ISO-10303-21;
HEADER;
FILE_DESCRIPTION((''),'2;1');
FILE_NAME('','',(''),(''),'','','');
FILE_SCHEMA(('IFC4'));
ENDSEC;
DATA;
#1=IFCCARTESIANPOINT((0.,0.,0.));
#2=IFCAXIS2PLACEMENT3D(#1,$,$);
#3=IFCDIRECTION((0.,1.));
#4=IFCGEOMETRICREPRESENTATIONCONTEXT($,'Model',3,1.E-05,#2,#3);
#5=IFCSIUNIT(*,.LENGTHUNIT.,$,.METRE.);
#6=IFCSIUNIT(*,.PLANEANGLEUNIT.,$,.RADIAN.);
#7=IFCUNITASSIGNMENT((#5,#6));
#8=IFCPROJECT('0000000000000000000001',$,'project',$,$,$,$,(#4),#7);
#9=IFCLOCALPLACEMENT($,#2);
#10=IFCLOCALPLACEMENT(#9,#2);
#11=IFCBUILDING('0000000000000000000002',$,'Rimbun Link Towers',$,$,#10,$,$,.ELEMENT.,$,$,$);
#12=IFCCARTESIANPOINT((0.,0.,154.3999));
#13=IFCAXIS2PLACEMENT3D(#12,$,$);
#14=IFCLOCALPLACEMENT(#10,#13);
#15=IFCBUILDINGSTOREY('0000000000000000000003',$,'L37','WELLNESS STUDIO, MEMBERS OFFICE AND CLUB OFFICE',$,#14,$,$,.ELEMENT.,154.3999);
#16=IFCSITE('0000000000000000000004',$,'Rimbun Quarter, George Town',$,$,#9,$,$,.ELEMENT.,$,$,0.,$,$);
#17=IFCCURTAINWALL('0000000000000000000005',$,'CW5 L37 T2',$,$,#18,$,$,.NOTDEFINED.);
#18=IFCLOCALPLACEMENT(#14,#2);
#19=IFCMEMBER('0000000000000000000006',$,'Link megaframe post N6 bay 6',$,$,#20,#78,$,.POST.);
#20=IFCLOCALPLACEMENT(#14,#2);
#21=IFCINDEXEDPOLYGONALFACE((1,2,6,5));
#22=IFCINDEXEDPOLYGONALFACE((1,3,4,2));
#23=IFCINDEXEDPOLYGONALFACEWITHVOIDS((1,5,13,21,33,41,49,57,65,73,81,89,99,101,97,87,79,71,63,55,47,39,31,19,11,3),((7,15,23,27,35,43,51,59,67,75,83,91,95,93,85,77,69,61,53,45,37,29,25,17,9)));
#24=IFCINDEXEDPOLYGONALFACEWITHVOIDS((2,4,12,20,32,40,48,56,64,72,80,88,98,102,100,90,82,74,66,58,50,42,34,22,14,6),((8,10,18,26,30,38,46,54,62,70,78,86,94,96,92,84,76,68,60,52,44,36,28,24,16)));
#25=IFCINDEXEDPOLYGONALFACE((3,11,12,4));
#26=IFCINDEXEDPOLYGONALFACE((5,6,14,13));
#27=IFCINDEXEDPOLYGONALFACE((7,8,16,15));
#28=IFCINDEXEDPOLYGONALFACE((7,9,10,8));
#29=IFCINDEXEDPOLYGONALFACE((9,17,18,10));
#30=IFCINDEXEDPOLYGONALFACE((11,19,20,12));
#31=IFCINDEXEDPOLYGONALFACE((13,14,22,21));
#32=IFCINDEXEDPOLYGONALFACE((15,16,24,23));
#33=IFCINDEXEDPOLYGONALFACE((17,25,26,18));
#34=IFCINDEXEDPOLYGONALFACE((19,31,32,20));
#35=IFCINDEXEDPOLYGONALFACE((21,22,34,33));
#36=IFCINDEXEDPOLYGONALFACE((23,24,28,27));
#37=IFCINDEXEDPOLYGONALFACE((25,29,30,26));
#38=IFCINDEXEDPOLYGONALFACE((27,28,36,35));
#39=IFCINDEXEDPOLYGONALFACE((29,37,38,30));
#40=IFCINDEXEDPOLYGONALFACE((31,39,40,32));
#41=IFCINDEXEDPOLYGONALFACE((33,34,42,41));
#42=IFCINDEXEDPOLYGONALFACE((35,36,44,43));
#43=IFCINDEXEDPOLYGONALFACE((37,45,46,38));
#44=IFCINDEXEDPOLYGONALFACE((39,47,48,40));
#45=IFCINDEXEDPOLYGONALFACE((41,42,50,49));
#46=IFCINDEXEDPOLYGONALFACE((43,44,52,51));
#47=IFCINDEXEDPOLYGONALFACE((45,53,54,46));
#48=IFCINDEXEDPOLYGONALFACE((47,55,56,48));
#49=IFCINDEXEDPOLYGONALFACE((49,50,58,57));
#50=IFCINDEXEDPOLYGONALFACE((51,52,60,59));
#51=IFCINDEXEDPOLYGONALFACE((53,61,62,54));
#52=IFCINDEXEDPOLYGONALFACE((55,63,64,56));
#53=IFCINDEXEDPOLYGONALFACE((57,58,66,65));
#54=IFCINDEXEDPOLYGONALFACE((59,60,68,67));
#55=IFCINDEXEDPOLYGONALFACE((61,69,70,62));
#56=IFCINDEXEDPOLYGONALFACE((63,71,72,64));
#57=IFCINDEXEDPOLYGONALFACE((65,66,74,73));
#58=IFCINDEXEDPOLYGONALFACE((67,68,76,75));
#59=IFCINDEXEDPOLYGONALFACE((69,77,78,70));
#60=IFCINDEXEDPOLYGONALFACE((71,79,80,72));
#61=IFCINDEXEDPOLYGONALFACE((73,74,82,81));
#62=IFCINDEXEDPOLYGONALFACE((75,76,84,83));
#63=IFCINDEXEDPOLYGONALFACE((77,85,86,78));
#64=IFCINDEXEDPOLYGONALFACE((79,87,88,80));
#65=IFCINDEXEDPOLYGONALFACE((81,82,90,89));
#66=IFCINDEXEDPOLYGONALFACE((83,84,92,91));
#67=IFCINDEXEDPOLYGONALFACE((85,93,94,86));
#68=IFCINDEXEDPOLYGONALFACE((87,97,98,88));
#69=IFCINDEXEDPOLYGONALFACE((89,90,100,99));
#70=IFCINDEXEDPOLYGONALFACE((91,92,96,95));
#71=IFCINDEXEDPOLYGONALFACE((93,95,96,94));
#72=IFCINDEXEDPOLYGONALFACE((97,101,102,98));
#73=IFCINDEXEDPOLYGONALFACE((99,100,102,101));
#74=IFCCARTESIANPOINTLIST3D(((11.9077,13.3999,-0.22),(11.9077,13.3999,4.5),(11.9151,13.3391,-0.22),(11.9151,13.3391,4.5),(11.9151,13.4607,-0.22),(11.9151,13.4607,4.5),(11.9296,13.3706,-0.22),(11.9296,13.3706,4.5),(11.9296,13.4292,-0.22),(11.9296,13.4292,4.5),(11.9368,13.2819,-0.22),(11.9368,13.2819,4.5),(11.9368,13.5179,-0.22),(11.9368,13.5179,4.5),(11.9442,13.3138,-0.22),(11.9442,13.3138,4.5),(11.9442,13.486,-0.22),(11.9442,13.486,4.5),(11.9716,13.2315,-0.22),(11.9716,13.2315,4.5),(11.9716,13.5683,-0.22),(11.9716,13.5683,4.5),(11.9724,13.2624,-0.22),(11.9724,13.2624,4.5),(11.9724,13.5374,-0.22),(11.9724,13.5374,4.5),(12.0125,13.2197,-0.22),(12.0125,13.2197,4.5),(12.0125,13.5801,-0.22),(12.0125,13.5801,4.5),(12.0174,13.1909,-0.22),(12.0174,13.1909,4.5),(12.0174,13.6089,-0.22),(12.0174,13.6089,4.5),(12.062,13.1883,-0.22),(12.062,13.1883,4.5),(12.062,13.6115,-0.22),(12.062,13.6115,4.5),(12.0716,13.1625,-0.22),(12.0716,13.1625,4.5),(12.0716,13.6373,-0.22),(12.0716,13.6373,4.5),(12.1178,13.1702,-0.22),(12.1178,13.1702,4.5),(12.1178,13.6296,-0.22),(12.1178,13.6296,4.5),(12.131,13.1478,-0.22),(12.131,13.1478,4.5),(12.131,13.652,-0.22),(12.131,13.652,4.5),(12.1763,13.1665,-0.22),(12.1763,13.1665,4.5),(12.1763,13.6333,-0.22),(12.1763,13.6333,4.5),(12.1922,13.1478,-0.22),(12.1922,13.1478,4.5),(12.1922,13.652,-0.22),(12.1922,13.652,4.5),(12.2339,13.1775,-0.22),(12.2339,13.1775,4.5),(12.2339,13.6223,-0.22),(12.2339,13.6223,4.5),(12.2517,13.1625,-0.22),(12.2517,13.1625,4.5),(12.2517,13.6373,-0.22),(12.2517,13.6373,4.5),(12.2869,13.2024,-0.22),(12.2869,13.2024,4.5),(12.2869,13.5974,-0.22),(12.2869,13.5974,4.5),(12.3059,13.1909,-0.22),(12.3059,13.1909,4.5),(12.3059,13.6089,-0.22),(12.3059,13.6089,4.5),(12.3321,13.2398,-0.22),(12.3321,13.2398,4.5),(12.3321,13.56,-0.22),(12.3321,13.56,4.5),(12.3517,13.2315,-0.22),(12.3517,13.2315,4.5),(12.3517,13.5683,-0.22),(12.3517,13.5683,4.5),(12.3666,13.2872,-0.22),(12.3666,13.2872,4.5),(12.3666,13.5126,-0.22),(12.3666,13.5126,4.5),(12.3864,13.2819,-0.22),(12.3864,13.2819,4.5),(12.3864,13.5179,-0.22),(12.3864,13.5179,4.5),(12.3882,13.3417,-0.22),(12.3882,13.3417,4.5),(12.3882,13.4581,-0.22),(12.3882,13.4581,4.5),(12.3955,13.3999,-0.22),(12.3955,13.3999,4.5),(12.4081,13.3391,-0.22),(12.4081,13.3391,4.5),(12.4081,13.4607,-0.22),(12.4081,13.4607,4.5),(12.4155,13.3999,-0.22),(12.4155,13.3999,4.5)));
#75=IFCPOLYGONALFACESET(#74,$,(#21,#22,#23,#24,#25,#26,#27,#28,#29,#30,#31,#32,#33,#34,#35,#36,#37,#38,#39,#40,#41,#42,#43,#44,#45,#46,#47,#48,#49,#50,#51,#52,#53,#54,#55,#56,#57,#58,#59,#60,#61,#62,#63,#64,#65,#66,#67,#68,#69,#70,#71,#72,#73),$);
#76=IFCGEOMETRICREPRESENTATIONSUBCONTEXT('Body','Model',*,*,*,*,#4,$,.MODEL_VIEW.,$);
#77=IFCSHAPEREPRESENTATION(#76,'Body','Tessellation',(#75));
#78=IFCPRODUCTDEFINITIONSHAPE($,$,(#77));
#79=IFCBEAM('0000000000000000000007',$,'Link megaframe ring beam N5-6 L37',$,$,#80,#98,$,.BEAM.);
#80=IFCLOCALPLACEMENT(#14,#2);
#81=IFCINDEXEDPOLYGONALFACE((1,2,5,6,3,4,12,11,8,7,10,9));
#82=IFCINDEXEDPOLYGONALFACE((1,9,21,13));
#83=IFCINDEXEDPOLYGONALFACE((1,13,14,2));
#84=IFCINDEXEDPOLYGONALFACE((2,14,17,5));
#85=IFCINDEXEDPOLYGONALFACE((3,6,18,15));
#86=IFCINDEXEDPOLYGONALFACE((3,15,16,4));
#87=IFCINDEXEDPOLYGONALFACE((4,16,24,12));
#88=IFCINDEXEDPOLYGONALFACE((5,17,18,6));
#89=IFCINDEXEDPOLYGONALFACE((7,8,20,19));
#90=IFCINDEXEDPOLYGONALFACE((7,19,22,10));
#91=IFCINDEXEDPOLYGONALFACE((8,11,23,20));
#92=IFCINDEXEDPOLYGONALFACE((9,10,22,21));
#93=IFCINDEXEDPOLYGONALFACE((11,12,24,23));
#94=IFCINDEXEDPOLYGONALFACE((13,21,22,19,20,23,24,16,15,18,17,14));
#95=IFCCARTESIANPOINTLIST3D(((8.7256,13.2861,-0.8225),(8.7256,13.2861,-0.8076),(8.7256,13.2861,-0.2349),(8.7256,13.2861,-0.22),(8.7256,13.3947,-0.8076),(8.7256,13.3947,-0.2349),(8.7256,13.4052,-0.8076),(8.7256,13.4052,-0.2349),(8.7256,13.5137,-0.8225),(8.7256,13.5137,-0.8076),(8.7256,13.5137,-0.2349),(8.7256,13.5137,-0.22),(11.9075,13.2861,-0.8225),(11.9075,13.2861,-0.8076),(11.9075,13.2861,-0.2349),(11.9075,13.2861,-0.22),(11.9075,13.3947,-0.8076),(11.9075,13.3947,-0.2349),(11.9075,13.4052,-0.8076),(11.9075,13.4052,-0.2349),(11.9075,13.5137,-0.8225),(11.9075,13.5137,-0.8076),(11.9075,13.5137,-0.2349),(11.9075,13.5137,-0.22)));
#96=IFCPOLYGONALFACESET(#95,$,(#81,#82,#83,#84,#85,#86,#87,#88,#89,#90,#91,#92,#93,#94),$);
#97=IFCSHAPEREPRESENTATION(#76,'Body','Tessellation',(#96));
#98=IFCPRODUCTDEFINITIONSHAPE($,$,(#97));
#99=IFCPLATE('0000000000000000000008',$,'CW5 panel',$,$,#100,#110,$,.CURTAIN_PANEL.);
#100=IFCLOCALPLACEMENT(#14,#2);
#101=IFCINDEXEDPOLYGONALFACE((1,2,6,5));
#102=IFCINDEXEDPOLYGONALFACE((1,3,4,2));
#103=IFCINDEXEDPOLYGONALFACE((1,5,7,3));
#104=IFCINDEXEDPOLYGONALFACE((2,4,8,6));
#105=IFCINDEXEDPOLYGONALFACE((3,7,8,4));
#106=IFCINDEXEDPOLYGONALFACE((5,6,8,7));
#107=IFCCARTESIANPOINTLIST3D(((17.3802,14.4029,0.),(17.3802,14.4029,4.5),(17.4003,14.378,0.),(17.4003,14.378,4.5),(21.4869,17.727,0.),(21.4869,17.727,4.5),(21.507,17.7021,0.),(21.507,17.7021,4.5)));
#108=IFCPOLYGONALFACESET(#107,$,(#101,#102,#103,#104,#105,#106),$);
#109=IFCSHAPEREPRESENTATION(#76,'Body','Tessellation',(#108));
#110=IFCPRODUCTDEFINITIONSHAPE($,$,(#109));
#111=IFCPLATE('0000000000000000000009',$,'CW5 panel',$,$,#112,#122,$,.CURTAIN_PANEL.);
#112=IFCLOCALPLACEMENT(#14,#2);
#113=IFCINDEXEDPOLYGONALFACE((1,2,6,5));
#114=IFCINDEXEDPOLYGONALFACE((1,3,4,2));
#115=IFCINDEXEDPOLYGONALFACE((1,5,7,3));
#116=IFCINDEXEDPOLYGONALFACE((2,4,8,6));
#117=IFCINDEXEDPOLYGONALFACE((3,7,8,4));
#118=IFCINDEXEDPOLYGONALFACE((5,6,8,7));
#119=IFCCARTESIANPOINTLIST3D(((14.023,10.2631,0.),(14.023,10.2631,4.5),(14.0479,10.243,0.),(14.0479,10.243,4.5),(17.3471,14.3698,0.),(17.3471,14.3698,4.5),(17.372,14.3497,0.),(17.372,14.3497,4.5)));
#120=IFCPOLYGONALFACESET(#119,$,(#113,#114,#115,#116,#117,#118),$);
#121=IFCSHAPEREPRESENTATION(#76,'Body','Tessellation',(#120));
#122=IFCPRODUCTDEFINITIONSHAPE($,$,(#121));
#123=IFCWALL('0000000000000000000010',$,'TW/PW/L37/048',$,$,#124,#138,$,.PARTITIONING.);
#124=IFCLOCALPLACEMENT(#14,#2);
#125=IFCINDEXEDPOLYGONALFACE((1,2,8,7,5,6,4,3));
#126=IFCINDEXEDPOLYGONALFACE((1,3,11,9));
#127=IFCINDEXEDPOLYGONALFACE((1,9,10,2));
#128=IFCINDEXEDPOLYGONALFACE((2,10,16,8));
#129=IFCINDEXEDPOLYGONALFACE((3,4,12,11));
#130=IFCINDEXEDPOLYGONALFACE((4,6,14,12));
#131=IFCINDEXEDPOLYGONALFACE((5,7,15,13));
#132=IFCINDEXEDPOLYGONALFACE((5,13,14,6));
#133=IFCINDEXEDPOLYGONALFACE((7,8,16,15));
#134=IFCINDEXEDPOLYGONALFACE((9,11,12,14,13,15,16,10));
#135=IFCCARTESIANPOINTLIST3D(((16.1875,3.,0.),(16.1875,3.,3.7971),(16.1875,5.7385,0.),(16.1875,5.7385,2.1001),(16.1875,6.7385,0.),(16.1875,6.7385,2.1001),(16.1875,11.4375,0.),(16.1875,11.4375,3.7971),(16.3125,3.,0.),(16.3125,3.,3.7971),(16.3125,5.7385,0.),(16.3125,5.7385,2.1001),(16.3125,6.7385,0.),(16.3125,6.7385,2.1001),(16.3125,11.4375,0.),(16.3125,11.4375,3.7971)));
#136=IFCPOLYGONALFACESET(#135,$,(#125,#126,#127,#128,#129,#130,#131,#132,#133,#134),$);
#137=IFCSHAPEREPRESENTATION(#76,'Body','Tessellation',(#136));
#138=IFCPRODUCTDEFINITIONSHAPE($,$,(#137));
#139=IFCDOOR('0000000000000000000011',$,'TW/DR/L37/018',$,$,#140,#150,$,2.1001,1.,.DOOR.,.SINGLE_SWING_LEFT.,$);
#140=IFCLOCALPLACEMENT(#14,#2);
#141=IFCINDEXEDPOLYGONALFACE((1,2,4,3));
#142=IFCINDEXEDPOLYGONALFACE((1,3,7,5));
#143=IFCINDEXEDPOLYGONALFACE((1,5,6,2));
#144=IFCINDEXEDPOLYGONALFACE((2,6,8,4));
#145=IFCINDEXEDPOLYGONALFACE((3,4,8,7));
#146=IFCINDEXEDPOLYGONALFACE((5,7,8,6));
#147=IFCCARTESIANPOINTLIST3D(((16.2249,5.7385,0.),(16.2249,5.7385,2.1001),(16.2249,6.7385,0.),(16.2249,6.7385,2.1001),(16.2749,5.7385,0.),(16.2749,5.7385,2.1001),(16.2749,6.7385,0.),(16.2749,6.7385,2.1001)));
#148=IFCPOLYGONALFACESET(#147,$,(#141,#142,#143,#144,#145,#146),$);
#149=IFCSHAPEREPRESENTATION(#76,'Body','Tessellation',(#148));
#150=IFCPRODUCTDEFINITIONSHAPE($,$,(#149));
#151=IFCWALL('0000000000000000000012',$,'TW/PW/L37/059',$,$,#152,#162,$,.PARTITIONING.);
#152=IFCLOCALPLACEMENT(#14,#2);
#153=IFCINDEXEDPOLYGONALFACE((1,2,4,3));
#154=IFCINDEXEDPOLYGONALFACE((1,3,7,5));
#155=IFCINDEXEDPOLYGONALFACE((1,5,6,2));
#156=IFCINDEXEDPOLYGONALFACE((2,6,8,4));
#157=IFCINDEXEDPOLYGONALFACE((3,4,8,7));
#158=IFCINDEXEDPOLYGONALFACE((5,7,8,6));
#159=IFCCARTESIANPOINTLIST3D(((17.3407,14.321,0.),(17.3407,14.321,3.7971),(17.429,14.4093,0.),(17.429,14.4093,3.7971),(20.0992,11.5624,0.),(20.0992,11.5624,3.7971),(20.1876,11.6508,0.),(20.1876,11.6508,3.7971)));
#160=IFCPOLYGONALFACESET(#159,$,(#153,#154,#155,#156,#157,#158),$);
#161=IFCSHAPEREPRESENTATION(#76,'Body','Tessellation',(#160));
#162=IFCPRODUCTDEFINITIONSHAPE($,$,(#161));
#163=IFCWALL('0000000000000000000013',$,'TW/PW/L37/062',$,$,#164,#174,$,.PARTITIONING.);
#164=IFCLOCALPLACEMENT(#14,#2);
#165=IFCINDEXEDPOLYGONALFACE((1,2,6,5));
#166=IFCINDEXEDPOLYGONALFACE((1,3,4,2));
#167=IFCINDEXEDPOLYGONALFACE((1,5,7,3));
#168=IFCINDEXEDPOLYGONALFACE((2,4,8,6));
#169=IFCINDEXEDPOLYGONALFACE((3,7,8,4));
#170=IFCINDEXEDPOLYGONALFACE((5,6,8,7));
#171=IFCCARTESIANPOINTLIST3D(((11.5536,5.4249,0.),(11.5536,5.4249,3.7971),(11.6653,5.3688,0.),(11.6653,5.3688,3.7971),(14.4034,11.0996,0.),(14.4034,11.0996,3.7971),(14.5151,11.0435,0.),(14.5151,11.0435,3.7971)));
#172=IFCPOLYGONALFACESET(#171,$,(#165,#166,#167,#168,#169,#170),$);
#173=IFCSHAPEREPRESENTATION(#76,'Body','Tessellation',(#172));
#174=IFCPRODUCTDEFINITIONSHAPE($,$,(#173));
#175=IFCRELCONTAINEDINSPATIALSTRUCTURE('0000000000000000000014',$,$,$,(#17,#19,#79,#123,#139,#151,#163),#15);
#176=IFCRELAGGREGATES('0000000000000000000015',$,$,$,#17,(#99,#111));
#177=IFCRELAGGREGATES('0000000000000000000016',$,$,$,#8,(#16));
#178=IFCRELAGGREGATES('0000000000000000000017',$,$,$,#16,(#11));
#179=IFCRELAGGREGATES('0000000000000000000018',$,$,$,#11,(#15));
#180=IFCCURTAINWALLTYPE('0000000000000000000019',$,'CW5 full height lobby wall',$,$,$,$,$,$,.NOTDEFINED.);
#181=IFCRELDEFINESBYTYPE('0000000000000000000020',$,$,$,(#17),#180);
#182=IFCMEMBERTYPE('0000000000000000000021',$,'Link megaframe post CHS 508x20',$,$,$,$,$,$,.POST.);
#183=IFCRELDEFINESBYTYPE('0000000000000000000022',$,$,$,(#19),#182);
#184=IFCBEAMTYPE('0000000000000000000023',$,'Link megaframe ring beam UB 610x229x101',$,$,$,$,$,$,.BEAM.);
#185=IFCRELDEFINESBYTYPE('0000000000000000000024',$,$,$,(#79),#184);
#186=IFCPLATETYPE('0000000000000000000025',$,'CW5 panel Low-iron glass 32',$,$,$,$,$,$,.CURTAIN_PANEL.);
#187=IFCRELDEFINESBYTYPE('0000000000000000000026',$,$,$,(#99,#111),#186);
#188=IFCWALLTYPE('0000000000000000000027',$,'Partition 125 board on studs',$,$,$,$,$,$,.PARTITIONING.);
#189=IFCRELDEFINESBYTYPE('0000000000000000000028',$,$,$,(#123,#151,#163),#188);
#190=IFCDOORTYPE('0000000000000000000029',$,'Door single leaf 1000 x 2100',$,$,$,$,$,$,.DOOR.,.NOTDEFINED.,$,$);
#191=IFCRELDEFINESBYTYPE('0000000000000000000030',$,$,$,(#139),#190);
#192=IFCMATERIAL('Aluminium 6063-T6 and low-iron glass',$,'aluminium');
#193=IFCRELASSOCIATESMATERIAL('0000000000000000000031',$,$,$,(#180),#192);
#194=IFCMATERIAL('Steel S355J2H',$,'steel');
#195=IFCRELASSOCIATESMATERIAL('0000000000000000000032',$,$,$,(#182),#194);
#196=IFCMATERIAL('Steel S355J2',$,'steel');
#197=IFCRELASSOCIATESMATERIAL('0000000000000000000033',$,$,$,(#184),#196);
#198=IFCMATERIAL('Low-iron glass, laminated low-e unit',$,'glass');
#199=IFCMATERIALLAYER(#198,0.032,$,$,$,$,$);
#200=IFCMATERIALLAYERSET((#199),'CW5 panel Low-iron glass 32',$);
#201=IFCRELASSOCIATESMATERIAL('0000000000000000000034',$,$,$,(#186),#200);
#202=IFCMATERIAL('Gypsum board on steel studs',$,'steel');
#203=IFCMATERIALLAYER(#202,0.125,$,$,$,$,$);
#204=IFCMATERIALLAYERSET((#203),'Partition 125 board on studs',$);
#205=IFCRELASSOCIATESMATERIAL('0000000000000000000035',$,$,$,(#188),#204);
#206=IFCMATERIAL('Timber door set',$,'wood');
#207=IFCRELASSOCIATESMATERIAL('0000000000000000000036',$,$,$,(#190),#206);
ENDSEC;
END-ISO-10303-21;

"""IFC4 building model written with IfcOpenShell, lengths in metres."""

from ifc_helpers import new_model, si_unit, direction, frame, frame_2d, origin, origin_2d, place, context, subcontext, project, spatial, rectangle, hollow_circle, i_section, extrude, material, layer, layer_set, material_profile, profile_set, type_object, element, fill, aggregate, save


model = new_model("IFC4")

# Units and contexts
model_context = context("Model", 3, precision=1e-05, world=origin(), true_north=direction((0.0, 1.0)))
body_context = subcontext(model_context, "Body", "Model", "MODEL_VIEW")
ifc_project = project(units=[si_unit("LENGTHUNIT", "METRE"), si_unit("PLANEANGLEUNIT", "RADIAN")], contexts=[model_context])

# Site, building, storey
site_placement = place(None, origin())
site = spatial("IfcSite", under=ifc_project, at=site_placement, Name="Rimbun Quarter, George Town", CompositionType="ELEMENT", RefElevation=0.0)
building_placement = place(site_placement, origin())
building = spatial("IfcBuilding", under=site, at=building_placement, Name="Rimbun Link Towers", CompositionType="ELEMENT")
storey_placement = place(building_placement, frame((0.0, 0.0, 154.3999)))
storey = spatial("IfcBuildingStorey", under=building, at=storey_placement, Name="L37", Description="WELLNESS STUDIO, MEMBERS OFFICE AND CLUB OFFICE", CompositionType="ELEMENT", Elevation=154.3999)

# Curtain wall
ifc_material_1 = material(Name="Aluminium 6063-T6 and low-iron glass", Category="aluminium")
curtain_wall_type = type_object("IfcCurtainWallType", Name="CW5 full height lobby wall", PredefinedType="NOTDEFINED", material=ifc_material_1)
curtain_wall_1_placement = place(storey_placement, origin())
curtain_wall_1 = element("IfcCurtainWall", 1, at=curtain_wall_1_placement, inside=storey, type_object=curtain_wall_type, Name="CW5 L37 T2", PredefinedType="NOTDEFINED")

# Member
ifc_material_2 = material(Name="Steel S355J2H", Category="steel")
ifc_material_profile_1 = material_profile(ifc_material_2, hollow_circle(Radius=0.2539, WallThickness=0.02, at=origin_2d()), Name="CHS 508x20")
ifc_profile_set_1 = profile_set([ifc_material_profile_1], Name="Steel S355J2H")
member_type_1 = type_object("IfcMemberType", Name="Link megaframe post CHS 508x20", PredefinedType="POST", material=ifc_profile_set_1)
for number, where, z_axis, x_axis, name in (
    (2, (12.1616, 13.3999, -0.22), (0.0, 0.0, 1.0), (1.0, 0.0, 0.0), "Link megaframe post N6 bay 6"),
):
    element("IfcMember", number, at=place(storey_placement, frame(where, z_axis=z_axis, x_axis=x_axis)), inside=storey, type_object=member_type_1, Name=name, PredefinedType="POST", context=body_context, shape_type="SweptSolid", body=[
        extrude(hollow_circle(Radius=0.2539, WallThickness=0.02, at=origin_2d()), origin(), (0.0, 0.0, 1.0), 4.72),
    ])

# Beam
ifc_material_3 = material(Name="Steel S355J2", Category="steel")
ifc_material_profile_2 = material_profile(ifc_material_3, i_section(OverallWidth=0.2275, OverallDepth=0.6025, WebThickness=0.0105, FlangeThickness=0.0149, at=origin_2d()), Name="UB 610x229x101")
ifc_profile_set_2 = profile_set([ifc_material_profile_2], Name="Steel S355J2")
beam_type = type_object("IfcBeamType", Name="Link megaframe ring beam UB 610x229x101", PredefinedType="BEAM", material=ifc_profile_set_2)
beam_placement = place(storey_placement, frame((8.7256, 13.3999, -0.5212), z_axis=(1.0, 0.0, 0.0), x_axis=(0.0, 1.0, 0.0)))
element("IfcBeam", 3, at=beam_placement, inside=storey, type_object=beam_type, Name="Link megaframe ring beam N5-6 L37", PredefinedType="BEAM", context=body_context, shape_type="SweptSolid", body=[
    extrude(i_section(OverallWidth=0.2275, OverallDepth=0.6025, WebThickness=0.0105, FlangeThickness=0.0149, at=origin_2d()), origin(), (0.0, 0.0, 1.0), 3.1819),
])

# Plates
ifc_material_4 = material(Name="Low-iron glass, laminated low-e unit", Category="glass")
ifc_layer_1 = layer(ifc_material_4, 0.032)
ifc_layer_set_1 = layer_set([ifc_layer_1], Name="CW5 panel Low-iron glass 32")
plate_type = type_object("IfcPlateType", Name="CW5 panel Low-iron glass 32", PredefinedType="CURTAIN_PANEL", material=ifc_layer_set_1)
plate_1_placement = place(storey_placement, frame((19.4436, 16.0525, 0.0), z_axis=(0.0, 0.0, 1.0), x_axis=(0.777277, 0.629159, 0.0)))
plate_1 = element("IfcPlate", 4, at=plate_1_placement, type_object=plate_type, Name="CW5 panel", PredefinedType="CURTAIN_PANEL", context=body_context, shape_type="SweptSolid", body=[
    extrude(rectangle(XDim=5.2834, YDim=0.032, at=origin_2d()), origin(), (0.0, 0.0, 1.0), 4.5),
])
plate_2_placement = place(storey_placement, frame((15.6975, 12.3064, 0.0), z_axis=(0.0, 0.0, 1.0), x_axis=(0.629159, 0.777277, 0.0)))
plate_2 = element("IfcPlate", 5, at=plate_2_placement, type_object=plate_type, Name="CW5 panel", PredefinedType="CURTAIN_PANEL", context=body_context, shape_type="SweptSolid", body=[
    extrude(rectangle(XDim=5.2834, YDim=0.032, at=origin_2d()), origin(), (0.0, 0.0, 1.0), 4.5),
])
aggregate(curtain_wall_1, [plate_1, plate_2])

# Wall, opening, door
ifc_material_5 = material(Name="Gypsum board on steel studs", Category="steel")
ifc_layer_2 = layer(ifc_material_5, 0.125)
ifc_layer_set_2 = layer_set([ifc_layer_2], Name="Partition 125 board on studs")
wall_type = type_object("IfcWallType", Name="Partition 125 board on studs", PredefinedType="PARTITIONING", material=ifc_layer_set_2)
wall_1_placement = place(storey_placement, frame((16.25, 11.4375, 0.0), z_axis=(0.0, 0.0, 1.0), x_axis=(0.0, -1.0, 0.0)))
wall_1 = element("IfcWall", 6, at=wall_1_placement, inside=storey, type_object=wall_type, Name="TW/PW/L37/048", PredefinedType="PARTITIONING", context=body_context, shape_type="SweptSolid", body=[
    extrude(rectangle(XDim=8.4375, YDim=0.125, at=frame_2d((4.2188, 0.0))), origin(), (0.0, 0.0, 1.0), 3.7971),
])
opening_placement = place(wall_1_placement, frame((4.699, 0.0, 0.0)))
opening = element("IfcOpeningElement", 7, at=opening_placement, cuts=wall_1, PredefinedType="OPENING", context=body_context, shape_type="SweptSolid", body=[
    extrude(rectangle(XDim=1.0, YDim=2.1001, at=frame_2d((0.5, 1.05))), frame((0.0, 0.0725, 0.0), z_axis=(0.0, -1.0, 0.0), x_axis=(1.0, 0.0, 0.0)), (0.0, 0.0, 1.0), 0.145),
])
ifc_material_6 = material(Name="Timber door set", Category="wood")
door_type = type_object("IfcDoorType", Name="Door single leaf 1000 x 2100", OperationType="NOTDEFINED", PredefinedType="DOOR", material=ifc_material_6)
door_placement = place(opening_placement, origin())
door = element("IfcDoor", 8, at=door_placement, inside=storey, type_object=door_type, Name="TW/DR/L37/018", OperationType="SINGLE_SWING_LEFT", OverallHeight=2.1001, OverallWidth=1.0, PredefinedType="DOOR", context=body_context, shape_type="SweptSolid", body=[
    extrude(rectangle(XDim=1.0, YDim=2.1001, at=frame_2d((0.5, 1.05))), frame((0.0, 0.0249, 0.0), z_axis=(0.0, -1.0, 0.0), x_axis=(1.0, 0.0, 0.0)), (0.0, 0.0, 1.0), 0.05),
])
fill(opening, door)

# Walls
wall_2_placement = place(storey_placement, frame((17.3848, 14.3652, 0.0), z_axis=(0.0, 0.0, 1.0), x_axis=(0.707107, -0.707107, 0.0)))
element("IfcWall", 9, at=wall_2_placement, inside=storey, type_object=wall_type, Name="TW/PW/L37/059", PredefinedType="PARTITIONING", context=body_context, shape_type="SweptSolid", body=[
    extrude(rectangle(XDim=3.9011, YDim=0.125, at=frame_2d((1.9507, 0.0))), origin(), (0.0, 0.0, 1.0), 3.7971),
])
wall_3_placement = place(storey_placement, frame((14.4592, 11.0715, 0.0), z_axis=(0.0, 0.0, 1.0), x_axis=(-0.448782, -0.893642, 0.0)))
element("IfcWall", 10, at=wall_3_placement, inside=storey, type_object=wall_type, Name="TW/PW/L37/062", PredefinedType="PARTITIONING", context=body_context, shape_type="SweptSolid", body=[
    extrude(rectangle(XDim=6.3501, YDim=0.125, at=frame_2d((3.175, 0.0))), origin(), (0.0, 0.0, 1.0), 3.7971),
])

save(model, "model.ifc")
